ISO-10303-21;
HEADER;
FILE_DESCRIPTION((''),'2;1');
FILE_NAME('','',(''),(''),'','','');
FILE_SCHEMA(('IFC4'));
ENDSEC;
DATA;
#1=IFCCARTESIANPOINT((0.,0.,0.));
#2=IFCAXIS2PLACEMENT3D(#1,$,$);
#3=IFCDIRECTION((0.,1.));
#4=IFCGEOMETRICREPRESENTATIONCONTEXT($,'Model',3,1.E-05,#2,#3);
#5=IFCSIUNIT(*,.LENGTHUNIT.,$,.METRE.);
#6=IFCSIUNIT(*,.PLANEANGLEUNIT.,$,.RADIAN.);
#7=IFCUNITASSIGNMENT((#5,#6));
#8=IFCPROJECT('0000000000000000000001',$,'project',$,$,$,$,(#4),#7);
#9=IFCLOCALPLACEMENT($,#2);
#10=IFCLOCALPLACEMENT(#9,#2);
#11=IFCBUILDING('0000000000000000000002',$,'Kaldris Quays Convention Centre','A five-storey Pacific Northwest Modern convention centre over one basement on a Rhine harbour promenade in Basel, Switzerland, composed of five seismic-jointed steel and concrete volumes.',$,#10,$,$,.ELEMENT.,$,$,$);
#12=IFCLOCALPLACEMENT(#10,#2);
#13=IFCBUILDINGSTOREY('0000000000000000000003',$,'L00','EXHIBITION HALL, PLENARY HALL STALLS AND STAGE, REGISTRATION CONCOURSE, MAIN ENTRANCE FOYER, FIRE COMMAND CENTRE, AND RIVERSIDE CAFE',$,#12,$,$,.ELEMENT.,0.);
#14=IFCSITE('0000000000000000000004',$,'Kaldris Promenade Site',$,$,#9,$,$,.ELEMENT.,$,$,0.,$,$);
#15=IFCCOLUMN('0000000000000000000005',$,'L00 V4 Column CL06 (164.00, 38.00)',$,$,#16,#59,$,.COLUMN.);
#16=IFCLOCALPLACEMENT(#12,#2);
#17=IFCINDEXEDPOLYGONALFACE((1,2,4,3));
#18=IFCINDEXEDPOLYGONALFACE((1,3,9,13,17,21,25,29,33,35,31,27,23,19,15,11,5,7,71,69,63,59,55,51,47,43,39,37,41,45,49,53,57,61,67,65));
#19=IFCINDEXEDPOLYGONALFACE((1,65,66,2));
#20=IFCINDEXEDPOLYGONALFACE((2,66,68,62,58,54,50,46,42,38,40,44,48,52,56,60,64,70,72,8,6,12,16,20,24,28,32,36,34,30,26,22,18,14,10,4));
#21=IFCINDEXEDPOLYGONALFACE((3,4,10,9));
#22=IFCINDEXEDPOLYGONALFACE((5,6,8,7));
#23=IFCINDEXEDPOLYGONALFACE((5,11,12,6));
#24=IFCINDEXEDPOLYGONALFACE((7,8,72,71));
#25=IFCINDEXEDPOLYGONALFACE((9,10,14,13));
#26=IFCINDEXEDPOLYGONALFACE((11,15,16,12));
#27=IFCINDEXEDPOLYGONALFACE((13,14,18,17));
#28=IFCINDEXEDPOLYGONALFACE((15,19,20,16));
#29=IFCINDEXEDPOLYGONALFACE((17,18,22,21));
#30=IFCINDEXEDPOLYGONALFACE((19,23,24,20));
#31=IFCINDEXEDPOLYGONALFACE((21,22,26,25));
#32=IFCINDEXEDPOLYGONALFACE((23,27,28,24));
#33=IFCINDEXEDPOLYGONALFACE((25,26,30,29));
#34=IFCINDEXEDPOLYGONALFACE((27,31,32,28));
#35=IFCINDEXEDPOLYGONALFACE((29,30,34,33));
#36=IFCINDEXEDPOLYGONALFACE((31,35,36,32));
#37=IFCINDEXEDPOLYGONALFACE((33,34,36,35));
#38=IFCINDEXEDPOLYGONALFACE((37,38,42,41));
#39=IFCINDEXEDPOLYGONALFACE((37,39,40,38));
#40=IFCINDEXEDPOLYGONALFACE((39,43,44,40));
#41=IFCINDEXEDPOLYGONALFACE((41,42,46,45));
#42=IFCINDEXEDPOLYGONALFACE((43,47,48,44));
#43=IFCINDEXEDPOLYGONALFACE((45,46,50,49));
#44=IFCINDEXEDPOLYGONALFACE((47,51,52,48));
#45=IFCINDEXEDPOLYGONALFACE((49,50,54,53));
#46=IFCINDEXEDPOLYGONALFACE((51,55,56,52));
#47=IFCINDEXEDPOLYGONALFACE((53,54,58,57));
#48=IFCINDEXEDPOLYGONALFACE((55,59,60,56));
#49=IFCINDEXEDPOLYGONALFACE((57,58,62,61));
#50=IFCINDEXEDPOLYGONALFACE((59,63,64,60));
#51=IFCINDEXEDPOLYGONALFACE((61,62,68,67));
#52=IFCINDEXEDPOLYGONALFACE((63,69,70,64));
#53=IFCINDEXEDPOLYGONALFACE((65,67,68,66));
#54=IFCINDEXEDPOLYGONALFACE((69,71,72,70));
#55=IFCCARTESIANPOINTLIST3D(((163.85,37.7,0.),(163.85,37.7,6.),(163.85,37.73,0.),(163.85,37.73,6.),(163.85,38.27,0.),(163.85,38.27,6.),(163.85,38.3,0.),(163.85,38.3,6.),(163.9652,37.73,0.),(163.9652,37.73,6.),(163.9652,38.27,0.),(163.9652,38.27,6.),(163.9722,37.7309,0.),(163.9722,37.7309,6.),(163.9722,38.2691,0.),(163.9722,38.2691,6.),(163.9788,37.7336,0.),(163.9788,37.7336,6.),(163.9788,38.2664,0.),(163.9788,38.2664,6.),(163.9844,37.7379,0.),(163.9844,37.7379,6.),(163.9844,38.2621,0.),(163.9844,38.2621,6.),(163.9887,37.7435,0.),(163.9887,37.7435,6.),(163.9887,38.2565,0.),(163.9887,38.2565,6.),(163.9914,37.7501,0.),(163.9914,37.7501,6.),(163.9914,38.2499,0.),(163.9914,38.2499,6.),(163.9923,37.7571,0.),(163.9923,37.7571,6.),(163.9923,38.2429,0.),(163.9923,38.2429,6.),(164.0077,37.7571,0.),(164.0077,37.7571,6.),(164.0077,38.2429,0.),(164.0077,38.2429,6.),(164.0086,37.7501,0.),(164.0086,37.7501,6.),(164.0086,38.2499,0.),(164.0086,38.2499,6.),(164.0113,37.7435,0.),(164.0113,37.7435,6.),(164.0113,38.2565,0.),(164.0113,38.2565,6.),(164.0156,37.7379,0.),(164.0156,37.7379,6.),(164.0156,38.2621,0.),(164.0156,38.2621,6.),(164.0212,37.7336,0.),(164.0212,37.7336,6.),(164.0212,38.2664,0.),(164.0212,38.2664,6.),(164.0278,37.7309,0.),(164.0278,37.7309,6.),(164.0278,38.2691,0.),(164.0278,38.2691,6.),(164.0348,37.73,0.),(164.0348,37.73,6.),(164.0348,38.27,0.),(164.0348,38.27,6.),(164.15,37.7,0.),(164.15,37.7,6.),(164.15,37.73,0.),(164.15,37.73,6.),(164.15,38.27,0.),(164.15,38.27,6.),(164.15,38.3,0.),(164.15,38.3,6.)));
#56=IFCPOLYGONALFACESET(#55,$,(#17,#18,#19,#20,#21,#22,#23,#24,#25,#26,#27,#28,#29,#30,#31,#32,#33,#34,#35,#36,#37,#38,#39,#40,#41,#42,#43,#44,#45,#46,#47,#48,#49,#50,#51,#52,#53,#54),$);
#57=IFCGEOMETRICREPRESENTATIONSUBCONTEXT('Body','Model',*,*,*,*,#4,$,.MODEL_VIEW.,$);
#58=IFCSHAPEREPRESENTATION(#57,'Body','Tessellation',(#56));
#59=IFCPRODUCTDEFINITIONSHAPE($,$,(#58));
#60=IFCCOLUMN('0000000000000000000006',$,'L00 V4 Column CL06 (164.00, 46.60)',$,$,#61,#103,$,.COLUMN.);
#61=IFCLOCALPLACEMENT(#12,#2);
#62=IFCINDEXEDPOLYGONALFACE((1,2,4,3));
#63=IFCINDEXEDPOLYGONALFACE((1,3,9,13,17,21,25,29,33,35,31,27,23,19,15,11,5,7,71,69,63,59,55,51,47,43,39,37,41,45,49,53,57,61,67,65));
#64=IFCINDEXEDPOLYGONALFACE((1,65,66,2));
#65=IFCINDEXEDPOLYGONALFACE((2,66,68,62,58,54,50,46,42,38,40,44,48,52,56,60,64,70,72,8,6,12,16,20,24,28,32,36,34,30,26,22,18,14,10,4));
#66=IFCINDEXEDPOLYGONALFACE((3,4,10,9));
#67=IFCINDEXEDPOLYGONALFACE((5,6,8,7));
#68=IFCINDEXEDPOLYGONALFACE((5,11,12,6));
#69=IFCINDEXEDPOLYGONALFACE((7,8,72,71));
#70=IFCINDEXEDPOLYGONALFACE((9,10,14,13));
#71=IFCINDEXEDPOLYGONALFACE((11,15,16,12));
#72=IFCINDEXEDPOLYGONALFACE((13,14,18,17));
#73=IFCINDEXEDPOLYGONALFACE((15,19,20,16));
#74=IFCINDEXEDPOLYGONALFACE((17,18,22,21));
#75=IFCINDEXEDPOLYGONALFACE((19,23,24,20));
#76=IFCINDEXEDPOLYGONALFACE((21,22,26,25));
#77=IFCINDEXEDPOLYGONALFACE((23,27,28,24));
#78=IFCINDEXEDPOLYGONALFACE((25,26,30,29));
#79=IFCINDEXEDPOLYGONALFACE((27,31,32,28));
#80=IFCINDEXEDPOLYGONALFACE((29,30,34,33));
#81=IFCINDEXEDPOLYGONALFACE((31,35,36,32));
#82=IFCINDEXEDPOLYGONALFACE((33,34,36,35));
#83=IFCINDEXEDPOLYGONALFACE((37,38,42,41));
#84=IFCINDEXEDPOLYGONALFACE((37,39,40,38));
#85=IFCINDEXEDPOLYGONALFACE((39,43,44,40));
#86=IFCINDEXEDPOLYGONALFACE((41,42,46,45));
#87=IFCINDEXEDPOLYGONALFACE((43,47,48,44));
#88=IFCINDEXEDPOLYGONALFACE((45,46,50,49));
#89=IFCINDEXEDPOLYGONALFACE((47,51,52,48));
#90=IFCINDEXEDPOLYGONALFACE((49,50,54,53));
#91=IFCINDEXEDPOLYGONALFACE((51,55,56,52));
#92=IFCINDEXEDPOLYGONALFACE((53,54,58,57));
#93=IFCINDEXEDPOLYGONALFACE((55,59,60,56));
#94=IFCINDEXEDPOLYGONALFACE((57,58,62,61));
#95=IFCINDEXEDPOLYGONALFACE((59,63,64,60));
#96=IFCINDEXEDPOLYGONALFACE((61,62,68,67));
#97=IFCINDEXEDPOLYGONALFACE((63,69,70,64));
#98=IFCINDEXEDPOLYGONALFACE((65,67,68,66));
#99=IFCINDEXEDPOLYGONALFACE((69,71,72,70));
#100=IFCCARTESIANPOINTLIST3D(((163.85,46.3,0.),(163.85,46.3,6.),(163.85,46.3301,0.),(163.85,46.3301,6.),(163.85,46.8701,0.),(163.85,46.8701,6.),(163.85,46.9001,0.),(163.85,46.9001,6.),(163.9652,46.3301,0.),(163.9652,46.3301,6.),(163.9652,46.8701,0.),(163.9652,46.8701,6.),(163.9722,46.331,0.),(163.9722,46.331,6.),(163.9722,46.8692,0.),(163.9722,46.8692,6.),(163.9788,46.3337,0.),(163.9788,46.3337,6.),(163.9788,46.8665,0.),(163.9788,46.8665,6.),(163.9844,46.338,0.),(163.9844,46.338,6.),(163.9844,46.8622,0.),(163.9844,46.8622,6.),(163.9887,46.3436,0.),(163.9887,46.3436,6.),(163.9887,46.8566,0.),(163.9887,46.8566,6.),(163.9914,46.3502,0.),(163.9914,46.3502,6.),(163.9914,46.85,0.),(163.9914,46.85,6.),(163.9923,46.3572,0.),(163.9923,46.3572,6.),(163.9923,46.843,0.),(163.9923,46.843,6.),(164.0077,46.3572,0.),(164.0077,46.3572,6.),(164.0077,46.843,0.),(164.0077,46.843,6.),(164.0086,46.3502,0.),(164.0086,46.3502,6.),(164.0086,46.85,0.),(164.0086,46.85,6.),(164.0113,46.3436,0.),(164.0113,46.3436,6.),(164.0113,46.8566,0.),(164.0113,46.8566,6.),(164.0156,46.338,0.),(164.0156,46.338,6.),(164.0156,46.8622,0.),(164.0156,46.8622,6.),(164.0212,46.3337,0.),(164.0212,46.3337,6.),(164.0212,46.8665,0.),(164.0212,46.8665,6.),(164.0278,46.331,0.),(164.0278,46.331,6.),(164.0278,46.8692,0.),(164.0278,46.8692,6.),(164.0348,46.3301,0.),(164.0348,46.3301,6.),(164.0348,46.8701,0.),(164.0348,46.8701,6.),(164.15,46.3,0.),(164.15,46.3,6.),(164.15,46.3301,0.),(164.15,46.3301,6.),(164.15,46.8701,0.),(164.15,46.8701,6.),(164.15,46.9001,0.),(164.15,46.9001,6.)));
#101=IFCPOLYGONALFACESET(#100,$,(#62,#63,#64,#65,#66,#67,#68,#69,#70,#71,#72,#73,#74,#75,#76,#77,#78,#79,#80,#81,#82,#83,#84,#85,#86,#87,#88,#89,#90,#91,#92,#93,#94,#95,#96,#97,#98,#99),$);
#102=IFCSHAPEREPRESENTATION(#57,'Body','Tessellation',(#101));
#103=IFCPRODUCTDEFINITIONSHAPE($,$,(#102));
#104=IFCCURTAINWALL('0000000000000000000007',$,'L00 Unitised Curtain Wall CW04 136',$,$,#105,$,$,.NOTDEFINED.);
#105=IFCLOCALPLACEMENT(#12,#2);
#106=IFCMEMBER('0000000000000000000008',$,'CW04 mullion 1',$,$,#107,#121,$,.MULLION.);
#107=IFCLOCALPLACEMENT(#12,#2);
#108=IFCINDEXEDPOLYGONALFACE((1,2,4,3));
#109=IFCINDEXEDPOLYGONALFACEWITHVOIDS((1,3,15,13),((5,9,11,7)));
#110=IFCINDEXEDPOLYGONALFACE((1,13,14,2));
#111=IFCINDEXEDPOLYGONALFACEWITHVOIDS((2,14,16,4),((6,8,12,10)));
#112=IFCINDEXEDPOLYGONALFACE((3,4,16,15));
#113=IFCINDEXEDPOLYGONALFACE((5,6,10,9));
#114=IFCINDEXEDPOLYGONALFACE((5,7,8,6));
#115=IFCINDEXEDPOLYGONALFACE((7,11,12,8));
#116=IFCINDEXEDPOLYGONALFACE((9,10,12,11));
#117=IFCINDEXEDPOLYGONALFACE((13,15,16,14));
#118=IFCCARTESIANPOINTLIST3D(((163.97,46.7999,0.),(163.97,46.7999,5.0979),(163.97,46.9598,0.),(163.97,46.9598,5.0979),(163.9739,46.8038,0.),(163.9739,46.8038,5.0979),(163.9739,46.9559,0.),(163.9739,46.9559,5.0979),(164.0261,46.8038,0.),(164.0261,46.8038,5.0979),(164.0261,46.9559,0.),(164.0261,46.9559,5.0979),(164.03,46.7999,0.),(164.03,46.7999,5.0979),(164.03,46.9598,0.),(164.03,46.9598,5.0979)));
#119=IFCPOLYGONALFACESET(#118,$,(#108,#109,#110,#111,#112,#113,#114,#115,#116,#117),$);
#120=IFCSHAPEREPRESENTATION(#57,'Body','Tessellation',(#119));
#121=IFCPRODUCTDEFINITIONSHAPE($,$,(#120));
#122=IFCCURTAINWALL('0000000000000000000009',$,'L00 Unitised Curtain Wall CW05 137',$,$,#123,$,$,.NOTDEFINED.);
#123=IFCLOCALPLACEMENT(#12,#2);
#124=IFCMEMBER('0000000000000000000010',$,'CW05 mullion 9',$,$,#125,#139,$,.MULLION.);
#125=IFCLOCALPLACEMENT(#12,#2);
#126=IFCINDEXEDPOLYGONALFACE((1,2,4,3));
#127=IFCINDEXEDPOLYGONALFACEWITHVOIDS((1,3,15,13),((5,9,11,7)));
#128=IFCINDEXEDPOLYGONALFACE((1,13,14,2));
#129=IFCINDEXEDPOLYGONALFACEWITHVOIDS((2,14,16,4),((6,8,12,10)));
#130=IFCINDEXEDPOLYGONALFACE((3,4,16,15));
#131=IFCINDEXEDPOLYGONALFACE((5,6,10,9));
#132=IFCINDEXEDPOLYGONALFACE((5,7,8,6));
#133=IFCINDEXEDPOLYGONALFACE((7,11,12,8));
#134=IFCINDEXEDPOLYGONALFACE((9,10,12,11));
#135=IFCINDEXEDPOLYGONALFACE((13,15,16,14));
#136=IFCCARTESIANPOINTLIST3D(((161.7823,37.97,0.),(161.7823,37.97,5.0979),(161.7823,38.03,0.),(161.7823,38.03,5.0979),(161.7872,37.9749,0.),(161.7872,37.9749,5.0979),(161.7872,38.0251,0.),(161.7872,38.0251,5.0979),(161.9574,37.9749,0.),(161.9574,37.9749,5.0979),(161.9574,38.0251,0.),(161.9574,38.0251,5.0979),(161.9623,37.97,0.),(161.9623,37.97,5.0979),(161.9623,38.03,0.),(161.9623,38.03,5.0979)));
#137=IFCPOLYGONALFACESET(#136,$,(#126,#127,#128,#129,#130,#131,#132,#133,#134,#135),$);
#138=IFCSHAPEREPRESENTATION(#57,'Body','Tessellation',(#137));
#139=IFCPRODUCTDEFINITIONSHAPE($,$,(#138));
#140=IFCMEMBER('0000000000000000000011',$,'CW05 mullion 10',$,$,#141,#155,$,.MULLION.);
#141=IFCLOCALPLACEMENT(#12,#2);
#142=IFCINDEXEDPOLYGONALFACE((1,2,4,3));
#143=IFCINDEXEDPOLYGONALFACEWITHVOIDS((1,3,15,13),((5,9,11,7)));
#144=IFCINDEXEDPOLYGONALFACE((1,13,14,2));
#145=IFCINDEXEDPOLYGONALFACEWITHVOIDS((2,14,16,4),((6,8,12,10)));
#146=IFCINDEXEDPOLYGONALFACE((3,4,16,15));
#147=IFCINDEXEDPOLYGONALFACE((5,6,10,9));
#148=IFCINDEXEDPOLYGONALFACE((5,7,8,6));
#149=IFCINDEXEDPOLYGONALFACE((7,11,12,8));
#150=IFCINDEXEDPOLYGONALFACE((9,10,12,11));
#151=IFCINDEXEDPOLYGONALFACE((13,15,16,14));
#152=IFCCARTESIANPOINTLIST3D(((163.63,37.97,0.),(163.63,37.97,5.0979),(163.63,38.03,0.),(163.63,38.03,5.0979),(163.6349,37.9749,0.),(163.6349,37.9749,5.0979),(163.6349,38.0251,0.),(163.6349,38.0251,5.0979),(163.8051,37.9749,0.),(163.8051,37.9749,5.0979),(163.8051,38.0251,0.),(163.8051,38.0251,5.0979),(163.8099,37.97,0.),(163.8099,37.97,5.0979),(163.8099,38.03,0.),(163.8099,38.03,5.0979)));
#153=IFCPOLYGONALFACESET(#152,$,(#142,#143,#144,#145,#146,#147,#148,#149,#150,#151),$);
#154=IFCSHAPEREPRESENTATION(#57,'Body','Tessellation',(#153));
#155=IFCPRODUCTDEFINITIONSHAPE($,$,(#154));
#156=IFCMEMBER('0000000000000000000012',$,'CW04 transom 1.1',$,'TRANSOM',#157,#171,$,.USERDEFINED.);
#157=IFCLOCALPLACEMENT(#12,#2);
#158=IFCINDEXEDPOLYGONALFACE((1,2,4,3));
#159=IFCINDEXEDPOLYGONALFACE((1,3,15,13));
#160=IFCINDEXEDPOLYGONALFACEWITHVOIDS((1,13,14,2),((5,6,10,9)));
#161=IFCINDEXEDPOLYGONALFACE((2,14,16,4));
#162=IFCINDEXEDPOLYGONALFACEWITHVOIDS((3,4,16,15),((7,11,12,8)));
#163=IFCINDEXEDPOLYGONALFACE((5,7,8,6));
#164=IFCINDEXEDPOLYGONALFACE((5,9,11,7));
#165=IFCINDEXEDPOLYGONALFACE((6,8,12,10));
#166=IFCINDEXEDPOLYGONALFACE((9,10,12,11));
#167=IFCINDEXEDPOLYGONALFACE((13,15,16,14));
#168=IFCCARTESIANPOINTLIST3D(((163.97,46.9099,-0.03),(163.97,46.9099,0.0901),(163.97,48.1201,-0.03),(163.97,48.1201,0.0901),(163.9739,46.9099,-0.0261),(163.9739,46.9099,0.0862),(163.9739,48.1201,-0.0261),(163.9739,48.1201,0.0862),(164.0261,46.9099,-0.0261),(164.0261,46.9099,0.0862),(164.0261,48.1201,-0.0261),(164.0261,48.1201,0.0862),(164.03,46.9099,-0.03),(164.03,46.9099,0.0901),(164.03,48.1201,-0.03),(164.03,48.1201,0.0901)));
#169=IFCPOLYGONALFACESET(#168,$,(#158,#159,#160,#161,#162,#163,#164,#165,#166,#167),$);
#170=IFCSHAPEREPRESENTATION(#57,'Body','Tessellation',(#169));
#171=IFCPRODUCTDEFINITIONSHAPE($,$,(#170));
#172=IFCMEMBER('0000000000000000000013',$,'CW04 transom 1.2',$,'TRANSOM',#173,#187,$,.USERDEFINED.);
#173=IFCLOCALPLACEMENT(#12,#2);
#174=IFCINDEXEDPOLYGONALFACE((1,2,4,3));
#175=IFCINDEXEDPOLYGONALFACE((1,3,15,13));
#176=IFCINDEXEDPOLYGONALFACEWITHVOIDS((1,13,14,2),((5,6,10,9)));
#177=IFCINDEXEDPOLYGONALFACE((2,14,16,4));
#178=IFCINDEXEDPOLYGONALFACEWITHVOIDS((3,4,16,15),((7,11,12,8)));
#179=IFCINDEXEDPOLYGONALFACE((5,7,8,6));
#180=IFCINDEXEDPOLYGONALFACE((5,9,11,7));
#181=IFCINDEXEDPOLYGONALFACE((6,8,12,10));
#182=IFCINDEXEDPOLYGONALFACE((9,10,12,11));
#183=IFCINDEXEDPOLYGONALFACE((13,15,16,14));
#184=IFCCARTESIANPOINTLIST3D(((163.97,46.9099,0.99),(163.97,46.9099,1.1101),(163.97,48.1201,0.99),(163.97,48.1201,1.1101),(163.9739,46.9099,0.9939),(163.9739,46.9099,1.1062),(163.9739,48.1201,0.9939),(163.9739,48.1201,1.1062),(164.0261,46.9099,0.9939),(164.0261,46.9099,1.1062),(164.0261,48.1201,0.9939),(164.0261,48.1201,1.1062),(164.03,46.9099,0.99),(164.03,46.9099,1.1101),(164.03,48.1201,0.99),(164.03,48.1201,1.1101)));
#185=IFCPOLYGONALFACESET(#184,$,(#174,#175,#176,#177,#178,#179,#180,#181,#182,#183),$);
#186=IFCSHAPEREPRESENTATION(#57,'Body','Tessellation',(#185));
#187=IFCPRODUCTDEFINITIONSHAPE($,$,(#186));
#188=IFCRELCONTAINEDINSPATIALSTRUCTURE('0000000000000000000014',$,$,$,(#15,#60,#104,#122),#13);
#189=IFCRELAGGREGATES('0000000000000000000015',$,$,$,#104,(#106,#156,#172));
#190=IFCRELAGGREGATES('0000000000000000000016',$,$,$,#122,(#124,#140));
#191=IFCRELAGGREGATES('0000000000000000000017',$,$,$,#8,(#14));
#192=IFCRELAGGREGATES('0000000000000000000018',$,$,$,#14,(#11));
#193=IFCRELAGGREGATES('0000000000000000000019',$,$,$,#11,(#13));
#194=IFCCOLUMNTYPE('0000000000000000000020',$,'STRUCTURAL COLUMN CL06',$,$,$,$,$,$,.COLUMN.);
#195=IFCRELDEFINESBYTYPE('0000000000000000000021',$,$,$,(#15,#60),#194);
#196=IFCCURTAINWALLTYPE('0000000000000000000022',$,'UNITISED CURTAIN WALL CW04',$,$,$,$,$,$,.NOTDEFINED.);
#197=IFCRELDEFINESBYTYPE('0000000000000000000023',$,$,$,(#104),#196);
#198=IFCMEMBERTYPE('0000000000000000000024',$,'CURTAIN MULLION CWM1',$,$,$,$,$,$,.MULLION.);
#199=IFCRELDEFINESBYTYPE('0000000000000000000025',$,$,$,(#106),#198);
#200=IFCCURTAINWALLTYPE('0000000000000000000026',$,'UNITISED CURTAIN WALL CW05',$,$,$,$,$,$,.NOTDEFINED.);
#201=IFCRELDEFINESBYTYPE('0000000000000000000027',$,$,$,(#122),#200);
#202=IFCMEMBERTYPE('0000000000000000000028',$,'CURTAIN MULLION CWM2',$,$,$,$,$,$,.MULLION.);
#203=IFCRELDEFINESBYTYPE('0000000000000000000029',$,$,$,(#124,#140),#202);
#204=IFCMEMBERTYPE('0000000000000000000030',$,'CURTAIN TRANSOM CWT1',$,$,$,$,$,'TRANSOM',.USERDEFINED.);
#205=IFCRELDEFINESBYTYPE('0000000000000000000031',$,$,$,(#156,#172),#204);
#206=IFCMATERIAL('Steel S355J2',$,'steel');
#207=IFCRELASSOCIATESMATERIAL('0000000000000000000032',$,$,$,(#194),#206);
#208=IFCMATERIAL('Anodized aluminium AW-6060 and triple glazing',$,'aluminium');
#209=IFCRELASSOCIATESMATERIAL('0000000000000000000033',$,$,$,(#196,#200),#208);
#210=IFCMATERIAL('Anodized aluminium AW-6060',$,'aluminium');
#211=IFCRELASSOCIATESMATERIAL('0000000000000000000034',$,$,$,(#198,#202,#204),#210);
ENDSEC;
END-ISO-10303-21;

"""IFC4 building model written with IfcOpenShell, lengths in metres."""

from ifc_helpers import new_model, si_unit, direction, frame, origin, origin_2d, place, context, subcontext, project, spatial, hollow_rectangle, i_section, extrude, material, material_profile, profile_set, type_object, element, aggregate, save


model = new_model("IFC4")

# Units and contexts
model_context = context("Model", 3, precision=1e-05, world=origin(), true_north=direction((0.0, 1.0)))
body_context = subcontext(model_context, "Body", "Model", "MODEL_VIEW")
ifc_project = project(units=[si_unit("LENGTHUNIT", "METRE"), si_unit("PLANEANGLEUNIT", "RADIAN")], contexts=[model_context])

# Site, building, storey
site_placement = place(None, origin())
site = spatial("IfcSite", under=ifc_project, at=site_placement, Name="Kaldris Promenade Site", CompositionType="ELEMENT", RefElevation=0.0)
building_placement = place(site_placement, origin())
building = spatial("IfcBuilding", under=site, at=building_placement, Name="Kaldris Quays Convention Centre", Description="A five-storey Pacific Northwest Modern convention centre over one basement on a Rhine harbour promenade in Basel, Switzerland, composed of five seismic-jointed steel and concrete volumes.", CompositionType="ELEMENT")
storey_placement = place(building_placement, origin())
storey = spatial("IfcBuildingStorey", under=building, at=storey_placement, Name="L00", Description="EXHIBITION HALL, PLENARY HALL STALLS AND STAGE, REGISTRATION CONCOURSE, MAIN ENTRANCE FOYER, FIRE COMMAND CENTRE, AND RIVERSIDE CAFE", CompositionType="ELEMENT", Elevation=0.0)

# Columns
ifc_material_1 = material(Name="Steel S355J2", Category="steel")
ifc_material_profile_1 = material_profile(ifc_material_1, i_section(OverallWidth=0.3, OverallDepth=0.6001, WebThickness=0.0154, FlangeThickness=0.03, FilletRadius=0.0271, at=origin_2d()), Name="HEB 600")
ifc_profile_set_1 = profile_set([ifc_material_profile_1], Name="Steel S355J2")
column_type = type_object("IfcColumnType", Name="STRUCTURAL COLUMN CL06", PredefinedType="COLUMN", material=ifc_profile_set_1)
for number, where, z_axis, x_axis, name in (
    (1, (164.0, 38.0, 0.0), (0.0, 0.0, 1.0), (1.0, 0.0, 0.0), "L00 V4 Column CL06 (164.00, 38.00)"),
    (2, (164.0, 46.6001, 0.0), (0.0, 0.0, 1.0), (1.0, 0.0, 0.0), "L00 V4 Column CL06 (164.00, 46.60)"),
):
    element("IfcColumn", number, at=place(storey_placement, frame(where, z_axis=z_axis, x_axis=x_axis)), inside=storey, type_object=column_type, Name=name, PredefinedType="COLUMN", context=body_context, shape_type="SweptSolid", body=[
        extrude(i_section(OverallWidth=0.3, OverallDepth=0.6001, WebThickness=0.0154, FlangeThickness=0.03, FilletRadius=0.0271, at=origin_2d()), origin(), (0.0, 0.0, 1.0), 6.0),
    ])

# Curtain wall, member
ifc_material_2 = material(Name="Anodized aluminium AW-6060 and triple glazing", Category="aluminium")
curtain_wall_type_1 = type_object("IfcCurtainWallType", Name="UNITISED CURTAIN WALL CW04", PredefinedType="NOTDEFINED", material=ifc_material_2)
curtain_wall_1_placement = place(storey_placement, origin())
curtain_wall_1 = element("IfcCurtainWall", 3, at=curtain_wall_1_placement, inside=storey, type_object=curtain_wall_type_1, Name="L00 Unitised Curtain Wall CW04 136", PredefinedType="NOTDEFINED")
ifc_material_3 = material(Name="Anodized aluminium AW-6060", Category="aluminium")
ifc_material_profile_2 = material_profile(ifc_material_3, hollow_rectangle(XDim=0.0601, YDim=0.1599, WallThickness=0.0039, at=origin_2d()), Name="RHS 160x60x4")
ifc_profile_set_2 = profile_set([ifc_material_profile_2], Name="Anodized aluminium AW-6060")
member_type_1 = type_object("IfcMemberType", Name="CURTAIN MULLION CWM1", PredefinedType="MULLION", material=ifc_profile_set_2)
member_1_placement = place(storey_placement, frame((164.0, 46.8799, 0.0), z_axis=(0.0, 0.0, 1.0), x_axis=(-1.0, 0.0, 0.0)))
member_1 = element("IfcMember", 4, at=member_1_placement, type_object=member_type_1, Name="CW04 mullion 1", PredefinedType="MULLION", context=body_context, shape_type="SweptSolid", body=[
    extrude(hollow_rectangle(XDim=0.0601, YDim=0.1599, WallThickness=0.0039, at=origin_2d()), origin(), (0.0, 0.0, 1.0), 5.0979),
])

# Curtain wall, members
curtain_wall_type_2 = type_object("IfcCurtainWallType", Name="UNITISED CURTAIN WALL CW05", PredefinedType="NOTDEFINED", material=ifc_material_2)
curtain_wall_2_placement = place(storey_placement, origin())
curtain_wall_2 = element("IfcCurtainWall", 5, at=curtain_wall_2_placement, inside=storey, type_object=curtain_wall_type_2, Name="L00 Unitised Curtain Wall CW05 137", PredefinedType="NOTDEFINED")
ifc_material_profile_3 = material_profile(ifc_material_3, hollow_rectangle(XDim=0.0601, YDim=0.1799, WallThickness=0.0049, at=origin_2d()), Name="RHS 180x60x5")
ifc_profile_set_3 = profile_set([ifc_material_profile_3], Name="Anodized aluminium AW-6060")
member_type_2 = type_object("IfcMemberType", Name="CURTAIN MULLION CWM2", PredefinedType="MULLION", material=ifc_profile_set_3)
member_2_placement = place(storey_placement, frame((161.8723, 38.0, 0.0), z_axis=(0.0, 0.0, 1.0), x_axis=(0.0, 1.0, 0.0)))
member_2 = element("IfcMember", 6, at=member_2_placement, type_object=member_type_2, Name="CW05 mullion 9", PredefinedType="MULLION", context=body_context, shape_type="SweptSolid", body=[
    extrude(hollow_rectangle(XDim=0.0601, YDim=0.1799, WallThickness=0.0049, at=origin_2d()), origin(), (0.0, 0.0, 1.0), 5.0979),
])
member_3_placement = place(storey_placement, frame((163.72, 38.0, 0.0), z_axis=(0.0, 0.0, 1.0), x_axis=(0.0, 1.0, 0.0)))
member_3 = element("IfcMember", 7, at=member_3_placement, type_object=member_type_2, Name="CW05 mullion 10", PredefinedType="MULLION", context=body_context, shape_type="SweptSolid", body=[
    extrude(hollow_rectangle(XDim=0.0601, YDim=0.1799, WallThickness=0.0049, at=origin_2d()), origin(), (0.0, 0.0, 1.0), 5.0979),
])

# Members
ifc_material_profile_4 = material_profile(ifc_material_3, hollow_rectangle(XDim=0.0601, YDim=0.1201, WallThickness=0.0039, at=origin_2d()), Name="RHS 120x60x4")
ifc_profile_set_4 = profile_set([ifc_material_profile_4], Name="Anodized aluminium AW-6060")
member_type_3 = type_object("IfcMemberType", Name="CURTAIN TRANSOM CWT1", ElementType="TRANSOM", PredefinedType="USERDEFINED", material=ifc_profile_set_4)
member_4_placement = place(storey_placement, frame((164.0, 46.9099, 0.03), z_axis=(0.0, 1.0, 0.0), x_axis=(-1.0, 0.0, 0.0)))
member_4 = element("IfcMember", 8, at=member_4_placement, type_object=member_type_3, Name="CW04 transom 1.1", ObjectType="TRANSOM", PredefinedType="USERDEFINED", context=body_context, shape_type="SweptSolid", body=[
    extrude(hollow_rectangle(XDim=0.0601, YDim=0.1201, WallThickness=0.0039, at=origin_2d()), origin(), (0.0, 0.0, 1.0), 1.2102),
])
member_5_placement = place(storey_placement, frame((164.0, 46.9099, 1.05), z_axis=(0.0, 1.0, 0.0), x_axis=(-1.0, 0.0, 0.0)))
member_5 = element("IfcMember", 9, at=member_5_placement, type_object=member_type_3, Name="CW04 transom 1.2", ObjectType="TRANSOM", PredefinedType="USERDEFINED", context=body_context, shape_type="SweptSolid", body=[
    extrude(hollow_rectangle(XDim=0.0601, YDim=0.1201, WallThickness=0.0039, at=origin_2d()), origin(), (0.0, 0.0, 1.0), 1.2102),
])
aggregate(curtain_wall_1, [member_1, member_4, member_5])

aggregate(curtain_wall_2, [member_2, member_3])

save(model, "model.ifc")
